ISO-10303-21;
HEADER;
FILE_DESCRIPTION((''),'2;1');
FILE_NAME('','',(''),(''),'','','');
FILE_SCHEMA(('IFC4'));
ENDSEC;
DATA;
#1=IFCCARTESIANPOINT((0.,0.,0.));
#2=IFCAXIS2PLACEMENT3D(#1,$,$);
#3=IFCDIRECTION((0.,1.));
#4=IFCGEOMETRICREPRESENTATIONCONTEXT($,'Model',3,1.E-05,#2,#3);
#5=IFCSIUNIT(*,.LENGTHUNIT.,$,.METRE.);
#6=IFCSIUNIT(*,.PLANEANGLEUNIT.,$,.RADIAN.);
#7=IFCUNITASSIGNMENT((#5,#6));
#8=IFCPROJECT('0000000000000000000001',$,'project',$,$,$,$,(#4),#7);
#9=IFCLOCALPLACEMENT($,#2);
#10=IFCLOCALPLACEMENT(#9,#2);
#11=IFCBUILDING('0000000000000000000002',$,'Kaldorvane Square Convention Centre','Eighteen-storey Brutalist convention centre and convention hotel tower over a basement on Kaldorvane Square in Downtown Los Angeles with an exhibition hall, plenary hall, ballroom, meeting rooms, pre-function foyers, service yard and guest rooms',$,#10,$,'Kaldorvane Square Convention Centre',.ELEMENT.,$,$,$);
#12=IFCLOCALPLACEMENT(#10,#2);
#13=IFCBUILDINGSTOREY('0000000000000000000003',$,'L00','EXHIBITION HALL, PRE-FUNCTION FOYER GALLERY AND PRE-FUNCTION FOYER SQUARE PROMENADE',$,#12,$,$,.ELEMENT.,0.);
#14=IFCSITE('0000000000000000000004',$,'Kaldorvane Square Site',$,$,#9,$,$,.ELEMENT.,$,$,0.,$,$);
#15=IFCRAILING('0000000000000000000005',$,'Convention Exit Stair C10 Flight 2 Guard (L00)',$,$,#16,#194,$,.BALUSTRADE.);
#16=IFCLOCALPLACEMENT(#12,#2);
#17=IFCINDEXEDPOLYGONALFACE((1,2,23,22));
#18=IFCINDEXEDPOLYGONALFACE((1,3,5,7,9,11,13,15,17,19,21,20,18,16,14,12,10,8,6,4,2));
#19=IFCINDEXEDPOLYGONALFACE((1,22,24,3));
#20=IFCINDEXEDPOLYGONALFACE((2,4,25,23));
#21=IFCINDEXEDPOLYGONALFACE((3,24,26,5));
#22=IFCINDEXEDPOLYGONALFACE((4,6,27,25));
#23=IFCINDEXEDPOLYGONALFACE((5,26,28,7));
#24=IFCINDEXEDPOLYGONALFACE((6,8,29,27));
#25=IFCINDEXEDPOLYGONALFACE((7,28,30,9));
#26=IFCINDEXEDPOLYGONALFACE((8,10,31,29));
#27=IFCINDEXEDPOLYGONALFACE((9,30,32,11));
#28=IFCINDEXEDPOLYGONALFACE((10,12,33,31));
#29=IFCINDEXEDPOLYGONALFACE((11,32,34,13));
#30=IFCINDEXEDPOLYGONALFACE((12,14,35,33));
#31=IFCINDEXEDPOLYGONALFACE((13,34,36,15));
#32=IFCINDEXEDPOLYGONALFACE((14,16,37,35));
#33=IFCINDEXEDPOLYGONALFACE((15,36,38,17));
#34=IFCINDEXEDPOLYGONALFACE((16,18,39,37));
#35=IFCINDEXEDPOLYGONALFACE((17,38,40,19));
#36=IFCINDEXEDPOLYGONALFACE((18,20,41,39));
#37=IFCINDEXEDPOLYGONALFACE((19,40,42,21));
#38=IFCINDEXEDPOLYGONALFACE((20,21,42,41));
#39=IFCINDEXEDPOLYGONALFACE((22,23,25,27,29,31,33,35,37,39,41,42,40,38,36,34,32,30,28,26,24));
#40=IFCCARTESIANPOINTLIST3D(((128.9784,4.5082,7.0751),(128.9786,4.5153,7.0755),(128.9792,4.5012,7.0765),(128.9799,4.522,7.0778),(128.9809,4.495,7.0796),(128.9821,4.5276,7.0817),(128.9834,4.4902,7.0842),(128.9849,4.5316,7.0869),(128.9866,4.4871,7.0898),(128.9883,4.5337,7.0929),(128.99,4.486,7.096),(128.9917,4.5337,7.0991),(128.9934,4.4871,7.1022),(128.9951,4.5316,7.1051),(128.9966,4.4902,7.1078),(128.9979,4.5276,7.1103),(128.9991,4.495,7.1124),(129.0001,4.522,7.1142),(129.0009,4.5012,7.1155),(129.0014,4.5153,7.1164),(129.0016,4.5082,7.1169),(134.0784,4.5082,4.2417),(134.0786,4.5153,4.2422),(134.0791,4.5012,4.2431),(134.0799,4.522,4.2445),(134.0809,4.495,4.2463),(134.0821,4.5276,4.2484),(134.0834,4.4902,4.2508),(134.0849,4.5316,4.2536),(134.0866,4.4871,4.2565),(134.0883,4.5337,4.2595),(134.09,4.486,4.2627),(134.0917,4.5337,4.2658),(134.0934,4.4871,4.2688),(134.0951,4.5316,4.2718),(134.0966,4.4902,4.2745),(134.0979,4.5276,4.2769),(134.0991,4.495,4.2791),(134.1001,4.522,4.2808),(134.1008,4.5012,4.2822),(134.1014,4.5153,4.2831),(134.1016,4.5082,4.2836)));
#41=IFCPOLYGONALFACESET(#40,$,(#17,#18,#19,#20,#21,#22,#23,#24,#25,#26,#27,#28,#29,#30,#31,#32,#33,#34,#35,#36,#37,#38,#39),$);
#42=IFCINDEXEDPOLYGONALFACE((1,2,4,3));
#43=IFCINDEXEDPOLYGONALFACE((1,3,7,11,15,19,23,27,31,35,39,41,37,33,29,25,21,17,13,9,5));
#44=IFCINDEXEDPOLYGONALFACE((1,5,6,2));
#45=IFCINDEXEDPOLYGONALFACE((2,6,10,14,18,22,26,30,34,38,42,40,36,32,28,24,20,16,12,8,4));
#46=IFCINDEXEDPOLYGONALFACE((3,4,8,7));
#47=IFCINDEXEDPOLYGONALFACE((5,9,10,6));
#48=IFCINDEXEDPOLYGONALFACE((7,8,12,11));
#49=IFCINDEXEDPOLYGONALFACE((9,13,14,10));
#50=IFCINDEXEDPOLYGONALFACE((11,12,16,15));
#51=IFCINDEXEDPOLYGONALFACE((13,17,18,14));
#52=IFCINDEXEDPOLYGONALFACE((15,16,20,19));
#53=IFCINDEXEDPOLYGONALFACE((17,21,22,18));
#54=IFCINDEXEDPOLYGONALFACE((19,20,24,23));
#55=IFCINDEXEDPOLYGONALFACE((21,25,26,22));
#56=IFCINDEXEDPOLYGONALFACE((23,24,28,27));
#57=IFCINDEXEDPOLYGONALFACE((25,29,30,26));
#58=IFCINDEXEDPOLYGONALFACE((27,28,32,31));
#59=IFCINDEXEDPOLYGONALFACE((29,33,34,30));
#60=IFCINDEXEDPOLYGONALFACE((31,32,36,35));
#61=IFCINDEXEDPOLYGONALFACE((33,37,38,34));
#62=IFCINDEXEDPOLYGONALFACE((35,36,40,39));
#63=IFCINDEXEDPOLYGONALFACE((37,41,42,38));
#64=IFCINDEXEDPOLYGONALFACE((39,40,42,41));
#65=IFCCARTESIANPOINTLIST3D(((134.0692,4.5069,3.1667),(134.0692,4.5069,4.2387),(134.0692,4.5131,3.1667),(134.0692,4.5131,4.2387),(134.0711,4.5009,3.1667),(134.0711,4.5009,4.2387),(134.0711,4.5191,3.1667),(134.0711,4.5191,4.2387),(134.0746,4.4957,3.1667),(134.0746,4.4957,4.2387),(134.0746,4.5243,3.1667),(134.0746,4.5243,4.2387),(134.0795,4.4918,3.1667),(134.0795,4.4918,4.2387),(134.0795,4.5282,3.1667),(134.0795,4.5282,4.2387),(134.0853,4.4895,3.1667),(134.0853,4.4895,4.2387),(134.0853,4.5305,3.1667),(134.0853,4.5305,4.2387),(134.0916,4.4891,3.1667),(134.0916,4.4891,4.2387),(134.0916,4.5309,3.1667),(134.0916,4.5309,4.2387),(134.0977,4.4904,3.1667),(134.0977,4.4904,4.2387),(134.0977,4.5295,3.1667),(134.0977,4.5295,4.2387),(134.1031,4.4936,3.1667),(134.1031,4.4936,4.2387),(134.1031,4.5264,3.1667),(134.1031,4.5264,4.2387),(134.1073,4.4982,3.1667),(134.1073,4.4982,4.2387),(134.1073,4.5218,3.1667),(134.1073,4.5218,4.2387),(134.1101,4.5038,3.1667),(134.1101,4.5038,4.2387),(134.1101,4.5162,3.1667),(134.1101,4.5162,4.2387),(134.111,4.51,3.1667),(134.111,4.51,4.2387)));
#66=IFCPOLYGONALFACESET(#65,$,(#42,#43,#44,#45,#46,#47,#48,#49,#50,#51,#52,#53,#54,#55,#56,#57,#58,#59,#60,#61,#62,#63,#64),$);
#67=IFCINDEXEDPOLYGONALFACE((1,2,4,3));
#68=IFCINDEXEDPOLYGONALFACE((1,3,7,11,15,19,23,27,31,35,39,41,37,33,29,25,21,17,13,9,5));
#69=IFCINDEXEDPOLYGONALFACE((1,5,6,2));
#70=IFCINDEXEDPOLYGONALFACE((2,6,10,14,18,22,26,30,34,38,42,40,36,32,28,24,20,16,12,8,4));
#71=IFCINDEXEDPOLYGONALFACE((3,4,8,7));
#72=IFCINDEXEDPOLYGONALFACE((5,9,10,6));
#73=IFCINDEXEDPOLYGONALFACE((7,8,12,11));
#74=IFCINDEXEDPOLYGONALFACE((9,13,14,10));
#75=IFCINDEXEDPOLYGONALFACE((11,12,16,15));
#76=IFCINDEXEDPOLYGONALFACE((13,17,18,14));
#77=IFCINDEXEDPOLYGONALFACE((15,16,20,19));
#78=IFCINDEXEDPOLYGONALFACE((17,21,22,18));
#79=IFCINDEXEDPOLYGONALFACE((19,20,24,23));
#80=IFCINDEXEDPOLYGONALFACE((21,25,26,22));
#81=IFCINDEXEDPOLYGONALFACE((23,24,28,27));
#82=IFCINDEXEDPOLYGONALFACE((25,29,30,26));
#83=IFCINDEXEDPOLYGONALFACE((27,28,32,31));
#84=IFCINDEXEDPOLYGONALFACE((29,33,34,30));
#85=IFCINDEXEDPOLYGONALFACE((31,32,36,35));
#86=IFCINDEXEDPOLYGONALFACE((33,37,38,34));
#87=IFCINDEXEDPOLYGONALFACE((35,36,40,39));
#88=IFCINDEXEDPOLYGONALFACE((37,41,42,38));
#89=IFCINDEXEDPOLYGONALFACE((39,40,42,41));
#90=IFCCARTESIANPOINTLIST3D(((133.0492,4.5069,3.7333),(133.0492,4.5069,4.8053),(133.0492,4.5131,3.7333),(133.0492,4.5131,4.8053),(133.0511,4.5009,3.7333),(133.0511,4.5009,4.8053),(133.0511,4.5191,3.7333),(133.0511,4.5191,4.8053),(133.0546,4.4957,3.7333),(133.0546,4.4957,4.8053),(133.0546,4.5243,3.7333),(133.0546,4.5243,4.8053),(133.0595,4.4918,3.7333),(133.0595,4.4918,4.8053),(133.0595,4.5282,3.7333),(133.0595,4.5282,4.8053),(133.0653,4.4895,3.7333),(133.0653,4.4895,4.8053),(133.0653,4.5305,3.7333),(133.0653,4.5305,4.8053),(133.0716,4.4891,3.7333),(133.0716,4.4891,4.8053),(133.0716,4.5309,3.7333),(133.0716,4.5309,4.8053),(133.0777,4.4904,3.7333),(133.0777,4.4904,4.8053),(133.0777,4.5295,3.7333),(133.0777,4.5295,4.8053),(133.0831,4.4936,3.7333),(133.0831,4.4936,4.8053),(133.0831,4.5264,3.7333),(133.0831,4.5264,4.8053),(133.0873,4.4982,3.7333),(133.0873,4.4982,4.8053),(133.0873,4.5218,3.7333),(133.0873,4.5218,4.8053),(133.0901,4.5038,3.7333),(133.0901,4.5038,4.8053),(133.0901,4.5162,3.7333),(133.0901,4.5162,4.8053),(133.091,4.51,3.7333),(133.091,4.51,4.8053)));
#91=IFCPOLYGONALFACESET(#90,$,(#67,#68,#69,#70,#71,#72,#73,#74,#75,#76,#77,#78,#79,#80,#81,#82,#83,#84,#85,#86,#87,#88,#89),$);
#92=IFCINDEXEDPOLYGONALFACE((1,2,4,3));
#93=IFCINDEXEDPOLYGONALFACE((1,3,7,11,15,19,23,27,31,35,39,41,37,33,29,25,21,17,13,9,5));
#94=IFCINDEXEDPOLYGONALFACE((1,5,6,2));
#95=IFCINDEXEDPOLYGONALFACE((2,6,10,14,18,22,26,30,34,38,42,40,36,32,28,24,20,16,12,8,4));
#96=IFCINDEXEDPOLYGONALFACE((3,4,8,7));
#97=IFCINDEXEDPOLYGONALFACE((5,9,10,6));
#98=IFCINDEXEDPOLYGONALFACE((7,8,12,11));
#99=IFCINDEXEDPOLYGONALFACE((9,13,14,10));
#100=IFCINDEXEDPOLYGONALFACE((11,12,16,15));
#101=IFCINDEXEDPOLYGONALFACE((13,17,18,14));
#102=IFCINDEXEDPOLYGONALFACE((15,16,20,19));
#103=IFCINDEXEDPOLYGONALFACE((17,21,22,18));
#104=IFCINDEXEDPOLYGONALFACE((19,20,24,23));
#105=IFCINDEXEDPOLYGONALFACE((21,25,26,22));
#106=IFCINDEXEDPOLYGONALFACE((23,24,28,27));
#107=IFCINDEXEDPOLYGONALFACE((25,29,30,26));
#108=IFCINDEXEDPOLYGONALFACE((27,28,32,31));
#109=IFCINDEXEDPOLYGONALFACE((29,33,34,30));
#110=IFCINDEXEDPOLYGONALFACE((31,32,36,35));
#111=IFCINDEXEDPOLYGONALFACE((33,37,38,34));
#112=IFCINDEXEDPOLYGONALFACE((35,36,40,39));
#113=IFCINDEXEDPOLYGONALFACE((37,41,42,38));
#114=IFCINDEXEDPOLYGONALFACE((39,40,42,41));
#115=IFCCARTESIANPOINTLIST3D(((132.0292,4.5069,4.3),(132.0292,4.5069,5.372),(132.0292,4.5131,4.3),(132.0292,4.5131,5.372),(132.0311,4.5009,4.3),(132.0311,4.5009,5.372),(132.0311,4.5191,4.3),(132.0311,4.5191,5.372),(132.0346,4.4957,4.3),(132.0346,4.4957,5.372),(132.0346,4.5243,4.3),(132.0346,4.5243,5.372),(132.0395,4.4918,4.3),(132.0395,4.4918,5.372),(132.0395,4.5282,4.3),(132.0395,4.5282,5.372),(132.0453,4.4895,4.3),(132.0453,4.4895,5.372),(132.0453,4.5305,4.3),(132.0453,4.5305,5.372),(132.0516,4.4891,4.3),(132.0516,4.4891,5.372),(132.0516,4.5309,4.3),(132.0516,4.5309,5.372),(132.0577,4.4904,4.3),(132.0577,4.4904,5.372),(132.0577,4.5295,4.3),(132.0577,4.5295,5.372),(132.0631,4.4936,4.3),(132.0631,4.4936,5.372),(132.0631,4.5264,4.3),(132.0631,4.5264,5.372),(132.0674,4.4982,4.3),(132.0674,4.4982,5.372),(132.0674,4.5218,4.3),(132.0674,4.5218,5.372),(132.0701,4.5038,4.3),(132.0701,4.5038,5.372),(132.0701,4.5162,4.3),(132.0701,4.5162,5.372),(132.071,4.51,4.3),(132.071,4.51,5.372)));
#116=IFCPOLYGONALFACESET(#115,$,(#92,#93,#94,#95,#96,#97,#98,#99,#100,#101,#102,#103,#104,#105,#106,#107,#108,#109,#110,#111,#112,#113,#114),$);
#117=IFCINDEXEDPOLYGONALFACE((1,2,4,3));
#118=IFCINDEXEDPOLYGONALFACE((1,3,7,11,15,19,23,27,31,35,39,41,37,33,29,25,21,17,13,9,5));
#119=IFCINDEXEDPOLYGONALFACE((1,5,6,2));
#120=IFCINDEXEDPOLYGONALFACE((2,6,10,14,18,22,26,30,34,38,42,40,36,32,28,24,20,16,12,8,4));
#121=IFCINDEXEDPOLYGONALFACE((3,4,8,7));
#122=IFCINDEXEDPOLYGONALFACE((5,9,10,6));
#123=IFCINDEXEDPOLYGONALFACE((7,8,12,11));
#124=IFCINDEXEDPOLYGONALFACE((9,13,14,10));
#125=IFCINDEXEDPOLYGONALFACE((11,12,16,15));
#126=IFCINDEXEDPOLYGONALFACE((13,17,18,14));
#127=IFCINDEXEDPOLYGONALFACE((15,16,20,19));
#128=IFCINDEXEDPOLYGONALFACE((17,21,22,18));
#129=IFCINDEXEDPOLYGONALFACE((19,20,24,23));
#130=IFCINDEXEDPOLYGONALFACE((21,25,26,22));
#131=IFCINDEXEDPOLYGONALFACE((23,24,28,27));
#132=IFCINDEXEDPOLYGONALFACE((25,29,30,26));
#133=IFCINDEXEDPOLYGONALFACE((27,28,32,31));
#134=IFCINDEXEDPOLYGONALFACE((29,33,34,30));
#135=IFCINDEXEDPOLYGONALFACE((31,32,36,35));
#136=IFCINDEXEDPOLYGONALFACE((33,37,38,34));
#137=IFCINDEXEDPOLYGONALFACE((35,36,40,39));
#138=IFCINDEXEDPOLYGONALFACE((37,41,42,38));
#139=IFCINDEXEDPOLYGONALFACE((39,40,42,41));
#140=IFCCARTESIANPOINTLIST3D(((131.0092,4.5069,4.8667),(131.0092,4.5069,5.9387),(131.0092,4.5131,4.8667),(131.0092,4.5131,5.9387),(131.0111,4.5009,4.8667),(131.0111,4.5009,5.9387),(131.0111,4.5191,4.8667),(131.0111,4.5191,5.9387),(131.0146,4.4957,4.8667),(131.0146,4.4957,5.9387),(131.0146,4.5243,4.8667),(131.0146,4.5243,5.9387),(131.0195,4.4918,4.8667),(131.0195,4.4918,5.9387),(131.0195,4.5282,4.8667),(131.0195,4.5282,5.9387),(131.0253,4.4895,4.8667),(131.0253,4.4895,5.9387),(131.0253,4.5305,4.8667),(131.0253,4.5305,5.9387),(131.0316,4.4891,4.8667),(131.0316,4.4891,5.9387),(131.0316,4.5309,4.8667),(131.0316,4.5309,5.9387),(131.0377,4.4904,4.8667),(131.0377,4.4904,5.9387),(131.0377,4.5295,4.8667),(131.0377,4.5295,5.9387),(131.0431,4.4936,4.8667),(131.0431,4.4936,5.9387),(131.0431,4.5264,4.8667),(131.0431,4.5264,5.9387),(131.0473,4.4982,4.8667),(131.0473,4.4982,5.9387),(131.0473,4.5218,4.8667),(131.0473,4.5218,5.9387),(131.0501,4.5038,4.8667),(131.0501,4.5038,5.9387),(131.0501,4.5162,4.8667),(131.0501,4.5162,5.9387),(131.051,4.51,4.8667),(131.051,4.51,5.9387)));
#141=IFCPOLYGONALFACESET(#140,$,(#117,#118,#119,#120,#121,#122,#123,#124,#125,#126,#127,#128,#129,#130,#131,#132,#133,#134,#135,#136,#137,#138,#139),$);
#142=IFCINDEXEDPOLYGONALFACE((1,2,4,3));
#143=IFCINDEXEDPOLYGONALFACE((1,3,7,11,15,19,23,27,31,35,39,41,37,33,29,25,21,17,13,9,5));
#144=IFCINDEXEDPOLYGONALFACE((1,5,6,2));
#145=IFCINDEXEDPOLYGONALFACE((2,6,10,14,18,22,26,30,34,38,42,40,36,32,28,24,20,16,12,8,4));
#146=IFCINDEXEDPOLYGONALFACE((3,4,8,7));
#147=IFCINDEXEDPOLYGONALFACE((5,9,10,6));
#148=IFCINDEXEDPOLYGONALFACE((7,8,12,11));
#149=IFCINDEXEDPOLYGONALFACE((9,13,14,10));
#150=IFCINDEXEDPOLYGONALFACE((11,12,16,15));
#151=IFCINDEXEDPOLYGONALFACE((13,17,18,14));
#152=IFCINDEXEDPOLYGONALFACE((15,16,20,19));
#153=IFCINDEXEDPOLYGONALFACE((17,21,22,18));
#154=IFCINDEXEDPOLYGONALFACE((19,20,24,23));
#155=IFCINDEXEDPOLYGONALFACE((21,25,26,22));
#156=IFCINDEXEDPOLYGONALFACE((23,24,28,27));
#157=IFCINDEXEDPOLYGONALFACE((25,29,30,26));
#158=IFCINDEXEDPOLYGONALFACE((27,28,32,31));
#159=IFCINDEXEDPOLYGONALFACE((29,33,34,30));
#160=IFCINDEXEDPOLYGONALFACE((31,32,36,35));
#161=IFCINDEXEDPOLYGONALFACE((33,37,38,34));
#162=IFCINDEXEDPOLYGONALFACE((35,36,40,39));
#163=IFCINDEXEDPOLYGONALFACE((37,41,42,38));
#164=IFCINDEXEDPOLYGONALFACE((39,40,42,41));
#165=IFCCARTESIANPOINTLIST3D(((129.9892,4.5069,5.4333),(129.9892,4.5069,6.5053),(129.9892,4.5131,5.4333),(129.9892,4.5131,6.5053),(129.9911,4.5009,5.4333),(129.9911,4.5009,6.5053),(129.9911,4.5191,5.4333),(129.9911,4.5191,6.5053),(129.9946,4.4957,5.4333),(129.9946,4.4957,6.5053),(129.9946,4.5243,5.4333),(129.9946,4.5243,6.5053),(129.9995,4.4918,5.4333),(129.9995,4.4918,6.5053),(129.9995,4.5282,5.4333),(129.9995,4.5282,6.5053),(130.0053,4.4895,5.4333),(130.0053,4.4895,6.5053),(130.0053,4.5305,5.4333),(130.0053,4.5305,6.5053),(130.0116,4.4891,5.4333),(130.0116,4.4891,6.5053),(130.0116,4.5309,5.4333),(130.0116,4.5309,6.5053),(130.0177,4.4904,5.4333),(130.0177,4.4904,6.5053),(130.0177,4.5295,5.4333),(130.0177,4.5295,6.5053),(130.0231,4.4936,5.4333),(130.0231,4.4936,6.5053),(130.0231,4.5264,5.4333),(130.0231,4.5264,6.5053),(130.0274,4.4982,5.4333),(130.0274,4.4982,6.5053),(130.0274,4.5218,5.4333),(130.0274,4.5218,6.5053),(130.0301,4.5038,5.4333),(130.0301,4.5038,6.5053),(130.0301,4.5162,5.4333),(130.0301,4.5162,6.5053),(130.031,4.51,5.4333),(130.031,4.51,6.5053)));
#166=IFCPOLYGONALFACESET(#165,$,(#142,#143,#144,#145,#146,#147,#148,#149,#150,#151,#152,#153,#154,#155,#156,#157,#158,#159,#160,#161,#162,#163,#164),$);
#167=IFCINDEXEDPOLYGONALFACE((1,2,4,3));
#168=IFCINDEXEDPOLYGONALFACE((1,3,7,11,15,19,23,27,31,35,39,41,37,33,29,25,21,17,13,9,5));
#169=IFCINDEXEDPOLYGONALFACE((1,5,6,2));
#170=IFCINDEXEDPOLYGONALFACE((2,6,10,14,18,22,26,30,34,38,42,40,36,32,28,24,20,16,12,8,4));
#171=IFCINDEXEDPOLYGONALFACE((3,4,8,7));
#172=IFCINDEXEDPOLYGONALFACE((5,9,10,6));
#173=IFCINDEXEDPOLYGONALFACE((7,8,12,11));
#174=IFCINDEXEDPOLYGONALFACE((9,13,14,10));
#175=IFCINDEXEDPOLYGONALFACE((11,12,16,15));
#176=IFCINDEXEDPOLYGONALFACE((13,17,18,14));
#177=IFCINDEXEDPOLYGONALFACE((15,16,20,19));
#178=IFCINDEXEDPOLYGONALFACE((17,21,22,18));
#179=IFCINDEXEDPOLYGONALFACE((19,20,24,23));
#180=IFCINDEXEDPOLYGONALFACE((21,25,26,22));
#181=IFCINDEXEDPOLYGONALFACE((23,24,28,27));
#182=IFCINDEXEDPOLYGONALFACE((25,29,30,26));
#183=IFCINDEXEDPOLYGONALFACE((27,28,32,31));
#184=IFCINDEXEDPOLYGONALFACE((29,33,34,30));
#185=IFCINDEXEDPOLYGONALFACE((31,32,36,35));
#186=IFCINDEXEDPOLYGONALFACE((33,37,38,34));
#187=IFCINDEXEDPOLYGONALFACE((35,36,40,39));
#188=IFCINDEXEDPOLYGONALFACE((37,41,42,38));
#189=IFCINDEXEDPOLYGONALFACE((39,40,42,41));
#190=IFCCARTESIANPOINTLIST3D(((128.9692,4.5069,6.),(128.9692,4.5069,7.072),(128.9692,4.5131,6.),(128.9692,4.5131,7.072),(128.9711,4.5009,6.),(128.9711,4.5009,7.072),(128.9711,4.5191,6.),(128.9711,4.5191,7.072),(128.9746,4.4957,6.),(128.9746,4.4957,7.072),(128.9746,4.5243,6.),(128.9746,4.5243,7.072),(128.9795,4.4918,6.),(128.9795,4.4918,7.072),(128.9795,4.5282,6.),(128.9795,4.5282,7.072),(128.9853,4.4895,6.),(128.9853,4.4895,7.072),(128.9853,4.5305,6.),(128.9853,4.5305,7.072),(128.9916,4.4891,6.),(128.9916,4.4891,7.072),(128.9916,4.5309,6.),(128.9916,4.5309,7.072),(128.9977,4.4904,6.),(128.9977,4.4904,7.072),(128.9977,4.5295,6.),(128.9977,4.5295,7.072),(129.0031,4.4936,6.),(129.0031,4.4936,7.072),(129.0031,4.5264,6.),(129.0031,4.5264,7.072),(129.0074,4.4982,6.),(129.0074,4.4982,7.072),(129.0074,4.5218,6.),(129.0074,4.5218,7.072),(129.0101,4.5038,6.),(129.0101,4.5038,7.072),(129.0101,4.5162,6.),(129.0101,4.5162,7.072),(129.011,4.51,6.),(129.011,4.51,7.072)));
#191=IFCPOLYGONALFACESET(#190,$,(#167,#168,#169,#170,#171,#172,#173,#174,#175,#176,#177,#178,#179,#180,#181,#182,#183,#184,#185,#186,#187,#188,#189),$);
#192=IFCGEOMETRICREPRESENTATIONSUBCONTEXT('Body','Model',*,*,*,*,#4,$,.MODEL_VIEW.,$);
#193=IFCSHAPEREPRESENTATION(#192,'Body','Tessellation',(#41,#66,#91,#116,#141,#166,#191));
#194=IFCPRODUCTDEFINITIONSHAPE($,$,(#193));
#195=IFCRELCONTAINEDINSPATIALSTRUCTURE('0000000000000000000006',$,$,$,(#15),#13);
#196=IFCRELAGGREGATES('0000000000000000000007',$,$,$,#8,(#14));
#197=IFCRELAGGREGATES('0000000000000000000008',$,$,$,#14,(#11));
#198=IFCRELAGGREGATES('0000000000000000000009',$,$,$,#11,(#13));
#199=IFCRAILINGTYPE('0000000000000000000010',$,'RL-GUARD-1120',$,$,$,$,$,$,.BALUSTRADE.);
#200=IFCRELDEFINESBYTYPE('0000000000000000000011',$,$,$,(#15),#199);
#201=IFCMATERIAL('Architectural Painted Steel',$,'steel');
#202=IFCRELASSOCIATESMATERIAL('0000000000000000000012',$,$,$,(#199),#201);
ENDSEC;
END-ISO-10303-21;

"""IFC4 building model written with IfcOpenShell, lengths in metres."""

from ifc_helpers import new_model, si_unit, direction, frame, origin, origin_2d, place, context, subcontext, project, spatial, circle, extrude, material, type_object, element, save


model = new_model("IFC4")

# Units and contexts
model_context = context("Model", 3, precision=1e-05, world=origin(), true_north=direction((0.0, 1.0)))
body_context = subcontext(model_context, "Body", "Model", "MODEL_VIEW")
ifc_project = project(units=[si_unit("LENGTHUNIT", "METRE"), si_unit("PLANEANGLEUNIT", "RADIAN")], contexts=[model_context])

# Site, building, storey
site_placement = place(None, origin())
site = spatial("IfcSite", under=ifc_project, at=site_placement, Name="Kaldorvane Square Site", CompositionType="ELEMENT", RefElevation=0.0)
building_placement = place(site_placement, origin())
building = spatial("IfcBuilding", under=site, at=building_placement, Name="Kaldorvane Square Convention Centre", Description="Eighteen-storey Brutalist convention centre and convention hotel tower over a basement on Kaldorvane Square in Downtown Los Angeles with an exhibition hall, plenary hall, ballroom, meeting rooms, pre-function foyers, service yard and guest rooms", LongName="Kaldorvane Square Convention Centre", CompositionType="ELEMENT")
storey_placement = place(building_placement, origin())
storey = spatial("IfcBuildingStorey", under=building, at=storey_placement, Name="L00", Description="EXHIBITION HALL, PRE-FUNCTION FOYER GALLERY AND PRE-FUNCTION FOYER SQUARE PROMENADE", CompositionType="ELEMENT", Elevation=0.0)

# Railing
ifc_material_1 = material(Name="Architectural Painted Steel", Category="steel")
railing_type_1 = type_object("IfcRailingType", Name="RL-GUARD-1120", PredefinedType="BALUSTRADE", material=ifc_material_1)
railing_1_placement = place(storey_placement, frame((134.09, 4.51, 3.1667)))
element("IfcRailing", 1, at=railing_1_placement, inside=storey, type_object=railing_type_1, Name="Convention Exit Stair C10 Flight 2 Guard (L00)", PredefinedType="BALUSTRADE", context=body_context, shape_type="SweptSolid", body=[
    extrude(circle(Radius=0.024, at=origin_2d()), frame((0.0, 0.0, 1.096), z_axis=(-0.874157, 0.0, 0.485643), x_axis=(0.0, -1.0, 0.0)), (0.0, 0.0, 1.0), 5.8342),
    extrude(circle(Radius=0.021, at=origin_2d()), origin(), (0.0, 0.0, 1.0), 1.072),
    extrude(circle(Radius=0.021, at=origin_2d()), frame((-1.02, 0.0, 0.5667)), (0.0, 0.0, 1.0), 1.072),
    extrude(circle(Radius=0.021, at=origin_2d()), frame((-2.04, 0.0, 1.1333)), (0.0, 0.0, 1.0), 1.072),
    extrude(circle(Radius=0.021, at=origin_2d()), frame((-3.06, 0.0, 1.7)), (0.0, 0.0, 1.0), 1.072),
    extrude(circle(Radius=0.021, at=origin_2d()), frame((-4.08, 0.0, 2.2667)), (0.0, 0.0, 1.0), 1.072),
    extrude(circle(Radius=0.021, at=origin_2d()), frame((-5.1, 0.0, 2.8333)), (0.0, 0.0, 1.0), 1.072),
])

save(model, "model.ifc")
